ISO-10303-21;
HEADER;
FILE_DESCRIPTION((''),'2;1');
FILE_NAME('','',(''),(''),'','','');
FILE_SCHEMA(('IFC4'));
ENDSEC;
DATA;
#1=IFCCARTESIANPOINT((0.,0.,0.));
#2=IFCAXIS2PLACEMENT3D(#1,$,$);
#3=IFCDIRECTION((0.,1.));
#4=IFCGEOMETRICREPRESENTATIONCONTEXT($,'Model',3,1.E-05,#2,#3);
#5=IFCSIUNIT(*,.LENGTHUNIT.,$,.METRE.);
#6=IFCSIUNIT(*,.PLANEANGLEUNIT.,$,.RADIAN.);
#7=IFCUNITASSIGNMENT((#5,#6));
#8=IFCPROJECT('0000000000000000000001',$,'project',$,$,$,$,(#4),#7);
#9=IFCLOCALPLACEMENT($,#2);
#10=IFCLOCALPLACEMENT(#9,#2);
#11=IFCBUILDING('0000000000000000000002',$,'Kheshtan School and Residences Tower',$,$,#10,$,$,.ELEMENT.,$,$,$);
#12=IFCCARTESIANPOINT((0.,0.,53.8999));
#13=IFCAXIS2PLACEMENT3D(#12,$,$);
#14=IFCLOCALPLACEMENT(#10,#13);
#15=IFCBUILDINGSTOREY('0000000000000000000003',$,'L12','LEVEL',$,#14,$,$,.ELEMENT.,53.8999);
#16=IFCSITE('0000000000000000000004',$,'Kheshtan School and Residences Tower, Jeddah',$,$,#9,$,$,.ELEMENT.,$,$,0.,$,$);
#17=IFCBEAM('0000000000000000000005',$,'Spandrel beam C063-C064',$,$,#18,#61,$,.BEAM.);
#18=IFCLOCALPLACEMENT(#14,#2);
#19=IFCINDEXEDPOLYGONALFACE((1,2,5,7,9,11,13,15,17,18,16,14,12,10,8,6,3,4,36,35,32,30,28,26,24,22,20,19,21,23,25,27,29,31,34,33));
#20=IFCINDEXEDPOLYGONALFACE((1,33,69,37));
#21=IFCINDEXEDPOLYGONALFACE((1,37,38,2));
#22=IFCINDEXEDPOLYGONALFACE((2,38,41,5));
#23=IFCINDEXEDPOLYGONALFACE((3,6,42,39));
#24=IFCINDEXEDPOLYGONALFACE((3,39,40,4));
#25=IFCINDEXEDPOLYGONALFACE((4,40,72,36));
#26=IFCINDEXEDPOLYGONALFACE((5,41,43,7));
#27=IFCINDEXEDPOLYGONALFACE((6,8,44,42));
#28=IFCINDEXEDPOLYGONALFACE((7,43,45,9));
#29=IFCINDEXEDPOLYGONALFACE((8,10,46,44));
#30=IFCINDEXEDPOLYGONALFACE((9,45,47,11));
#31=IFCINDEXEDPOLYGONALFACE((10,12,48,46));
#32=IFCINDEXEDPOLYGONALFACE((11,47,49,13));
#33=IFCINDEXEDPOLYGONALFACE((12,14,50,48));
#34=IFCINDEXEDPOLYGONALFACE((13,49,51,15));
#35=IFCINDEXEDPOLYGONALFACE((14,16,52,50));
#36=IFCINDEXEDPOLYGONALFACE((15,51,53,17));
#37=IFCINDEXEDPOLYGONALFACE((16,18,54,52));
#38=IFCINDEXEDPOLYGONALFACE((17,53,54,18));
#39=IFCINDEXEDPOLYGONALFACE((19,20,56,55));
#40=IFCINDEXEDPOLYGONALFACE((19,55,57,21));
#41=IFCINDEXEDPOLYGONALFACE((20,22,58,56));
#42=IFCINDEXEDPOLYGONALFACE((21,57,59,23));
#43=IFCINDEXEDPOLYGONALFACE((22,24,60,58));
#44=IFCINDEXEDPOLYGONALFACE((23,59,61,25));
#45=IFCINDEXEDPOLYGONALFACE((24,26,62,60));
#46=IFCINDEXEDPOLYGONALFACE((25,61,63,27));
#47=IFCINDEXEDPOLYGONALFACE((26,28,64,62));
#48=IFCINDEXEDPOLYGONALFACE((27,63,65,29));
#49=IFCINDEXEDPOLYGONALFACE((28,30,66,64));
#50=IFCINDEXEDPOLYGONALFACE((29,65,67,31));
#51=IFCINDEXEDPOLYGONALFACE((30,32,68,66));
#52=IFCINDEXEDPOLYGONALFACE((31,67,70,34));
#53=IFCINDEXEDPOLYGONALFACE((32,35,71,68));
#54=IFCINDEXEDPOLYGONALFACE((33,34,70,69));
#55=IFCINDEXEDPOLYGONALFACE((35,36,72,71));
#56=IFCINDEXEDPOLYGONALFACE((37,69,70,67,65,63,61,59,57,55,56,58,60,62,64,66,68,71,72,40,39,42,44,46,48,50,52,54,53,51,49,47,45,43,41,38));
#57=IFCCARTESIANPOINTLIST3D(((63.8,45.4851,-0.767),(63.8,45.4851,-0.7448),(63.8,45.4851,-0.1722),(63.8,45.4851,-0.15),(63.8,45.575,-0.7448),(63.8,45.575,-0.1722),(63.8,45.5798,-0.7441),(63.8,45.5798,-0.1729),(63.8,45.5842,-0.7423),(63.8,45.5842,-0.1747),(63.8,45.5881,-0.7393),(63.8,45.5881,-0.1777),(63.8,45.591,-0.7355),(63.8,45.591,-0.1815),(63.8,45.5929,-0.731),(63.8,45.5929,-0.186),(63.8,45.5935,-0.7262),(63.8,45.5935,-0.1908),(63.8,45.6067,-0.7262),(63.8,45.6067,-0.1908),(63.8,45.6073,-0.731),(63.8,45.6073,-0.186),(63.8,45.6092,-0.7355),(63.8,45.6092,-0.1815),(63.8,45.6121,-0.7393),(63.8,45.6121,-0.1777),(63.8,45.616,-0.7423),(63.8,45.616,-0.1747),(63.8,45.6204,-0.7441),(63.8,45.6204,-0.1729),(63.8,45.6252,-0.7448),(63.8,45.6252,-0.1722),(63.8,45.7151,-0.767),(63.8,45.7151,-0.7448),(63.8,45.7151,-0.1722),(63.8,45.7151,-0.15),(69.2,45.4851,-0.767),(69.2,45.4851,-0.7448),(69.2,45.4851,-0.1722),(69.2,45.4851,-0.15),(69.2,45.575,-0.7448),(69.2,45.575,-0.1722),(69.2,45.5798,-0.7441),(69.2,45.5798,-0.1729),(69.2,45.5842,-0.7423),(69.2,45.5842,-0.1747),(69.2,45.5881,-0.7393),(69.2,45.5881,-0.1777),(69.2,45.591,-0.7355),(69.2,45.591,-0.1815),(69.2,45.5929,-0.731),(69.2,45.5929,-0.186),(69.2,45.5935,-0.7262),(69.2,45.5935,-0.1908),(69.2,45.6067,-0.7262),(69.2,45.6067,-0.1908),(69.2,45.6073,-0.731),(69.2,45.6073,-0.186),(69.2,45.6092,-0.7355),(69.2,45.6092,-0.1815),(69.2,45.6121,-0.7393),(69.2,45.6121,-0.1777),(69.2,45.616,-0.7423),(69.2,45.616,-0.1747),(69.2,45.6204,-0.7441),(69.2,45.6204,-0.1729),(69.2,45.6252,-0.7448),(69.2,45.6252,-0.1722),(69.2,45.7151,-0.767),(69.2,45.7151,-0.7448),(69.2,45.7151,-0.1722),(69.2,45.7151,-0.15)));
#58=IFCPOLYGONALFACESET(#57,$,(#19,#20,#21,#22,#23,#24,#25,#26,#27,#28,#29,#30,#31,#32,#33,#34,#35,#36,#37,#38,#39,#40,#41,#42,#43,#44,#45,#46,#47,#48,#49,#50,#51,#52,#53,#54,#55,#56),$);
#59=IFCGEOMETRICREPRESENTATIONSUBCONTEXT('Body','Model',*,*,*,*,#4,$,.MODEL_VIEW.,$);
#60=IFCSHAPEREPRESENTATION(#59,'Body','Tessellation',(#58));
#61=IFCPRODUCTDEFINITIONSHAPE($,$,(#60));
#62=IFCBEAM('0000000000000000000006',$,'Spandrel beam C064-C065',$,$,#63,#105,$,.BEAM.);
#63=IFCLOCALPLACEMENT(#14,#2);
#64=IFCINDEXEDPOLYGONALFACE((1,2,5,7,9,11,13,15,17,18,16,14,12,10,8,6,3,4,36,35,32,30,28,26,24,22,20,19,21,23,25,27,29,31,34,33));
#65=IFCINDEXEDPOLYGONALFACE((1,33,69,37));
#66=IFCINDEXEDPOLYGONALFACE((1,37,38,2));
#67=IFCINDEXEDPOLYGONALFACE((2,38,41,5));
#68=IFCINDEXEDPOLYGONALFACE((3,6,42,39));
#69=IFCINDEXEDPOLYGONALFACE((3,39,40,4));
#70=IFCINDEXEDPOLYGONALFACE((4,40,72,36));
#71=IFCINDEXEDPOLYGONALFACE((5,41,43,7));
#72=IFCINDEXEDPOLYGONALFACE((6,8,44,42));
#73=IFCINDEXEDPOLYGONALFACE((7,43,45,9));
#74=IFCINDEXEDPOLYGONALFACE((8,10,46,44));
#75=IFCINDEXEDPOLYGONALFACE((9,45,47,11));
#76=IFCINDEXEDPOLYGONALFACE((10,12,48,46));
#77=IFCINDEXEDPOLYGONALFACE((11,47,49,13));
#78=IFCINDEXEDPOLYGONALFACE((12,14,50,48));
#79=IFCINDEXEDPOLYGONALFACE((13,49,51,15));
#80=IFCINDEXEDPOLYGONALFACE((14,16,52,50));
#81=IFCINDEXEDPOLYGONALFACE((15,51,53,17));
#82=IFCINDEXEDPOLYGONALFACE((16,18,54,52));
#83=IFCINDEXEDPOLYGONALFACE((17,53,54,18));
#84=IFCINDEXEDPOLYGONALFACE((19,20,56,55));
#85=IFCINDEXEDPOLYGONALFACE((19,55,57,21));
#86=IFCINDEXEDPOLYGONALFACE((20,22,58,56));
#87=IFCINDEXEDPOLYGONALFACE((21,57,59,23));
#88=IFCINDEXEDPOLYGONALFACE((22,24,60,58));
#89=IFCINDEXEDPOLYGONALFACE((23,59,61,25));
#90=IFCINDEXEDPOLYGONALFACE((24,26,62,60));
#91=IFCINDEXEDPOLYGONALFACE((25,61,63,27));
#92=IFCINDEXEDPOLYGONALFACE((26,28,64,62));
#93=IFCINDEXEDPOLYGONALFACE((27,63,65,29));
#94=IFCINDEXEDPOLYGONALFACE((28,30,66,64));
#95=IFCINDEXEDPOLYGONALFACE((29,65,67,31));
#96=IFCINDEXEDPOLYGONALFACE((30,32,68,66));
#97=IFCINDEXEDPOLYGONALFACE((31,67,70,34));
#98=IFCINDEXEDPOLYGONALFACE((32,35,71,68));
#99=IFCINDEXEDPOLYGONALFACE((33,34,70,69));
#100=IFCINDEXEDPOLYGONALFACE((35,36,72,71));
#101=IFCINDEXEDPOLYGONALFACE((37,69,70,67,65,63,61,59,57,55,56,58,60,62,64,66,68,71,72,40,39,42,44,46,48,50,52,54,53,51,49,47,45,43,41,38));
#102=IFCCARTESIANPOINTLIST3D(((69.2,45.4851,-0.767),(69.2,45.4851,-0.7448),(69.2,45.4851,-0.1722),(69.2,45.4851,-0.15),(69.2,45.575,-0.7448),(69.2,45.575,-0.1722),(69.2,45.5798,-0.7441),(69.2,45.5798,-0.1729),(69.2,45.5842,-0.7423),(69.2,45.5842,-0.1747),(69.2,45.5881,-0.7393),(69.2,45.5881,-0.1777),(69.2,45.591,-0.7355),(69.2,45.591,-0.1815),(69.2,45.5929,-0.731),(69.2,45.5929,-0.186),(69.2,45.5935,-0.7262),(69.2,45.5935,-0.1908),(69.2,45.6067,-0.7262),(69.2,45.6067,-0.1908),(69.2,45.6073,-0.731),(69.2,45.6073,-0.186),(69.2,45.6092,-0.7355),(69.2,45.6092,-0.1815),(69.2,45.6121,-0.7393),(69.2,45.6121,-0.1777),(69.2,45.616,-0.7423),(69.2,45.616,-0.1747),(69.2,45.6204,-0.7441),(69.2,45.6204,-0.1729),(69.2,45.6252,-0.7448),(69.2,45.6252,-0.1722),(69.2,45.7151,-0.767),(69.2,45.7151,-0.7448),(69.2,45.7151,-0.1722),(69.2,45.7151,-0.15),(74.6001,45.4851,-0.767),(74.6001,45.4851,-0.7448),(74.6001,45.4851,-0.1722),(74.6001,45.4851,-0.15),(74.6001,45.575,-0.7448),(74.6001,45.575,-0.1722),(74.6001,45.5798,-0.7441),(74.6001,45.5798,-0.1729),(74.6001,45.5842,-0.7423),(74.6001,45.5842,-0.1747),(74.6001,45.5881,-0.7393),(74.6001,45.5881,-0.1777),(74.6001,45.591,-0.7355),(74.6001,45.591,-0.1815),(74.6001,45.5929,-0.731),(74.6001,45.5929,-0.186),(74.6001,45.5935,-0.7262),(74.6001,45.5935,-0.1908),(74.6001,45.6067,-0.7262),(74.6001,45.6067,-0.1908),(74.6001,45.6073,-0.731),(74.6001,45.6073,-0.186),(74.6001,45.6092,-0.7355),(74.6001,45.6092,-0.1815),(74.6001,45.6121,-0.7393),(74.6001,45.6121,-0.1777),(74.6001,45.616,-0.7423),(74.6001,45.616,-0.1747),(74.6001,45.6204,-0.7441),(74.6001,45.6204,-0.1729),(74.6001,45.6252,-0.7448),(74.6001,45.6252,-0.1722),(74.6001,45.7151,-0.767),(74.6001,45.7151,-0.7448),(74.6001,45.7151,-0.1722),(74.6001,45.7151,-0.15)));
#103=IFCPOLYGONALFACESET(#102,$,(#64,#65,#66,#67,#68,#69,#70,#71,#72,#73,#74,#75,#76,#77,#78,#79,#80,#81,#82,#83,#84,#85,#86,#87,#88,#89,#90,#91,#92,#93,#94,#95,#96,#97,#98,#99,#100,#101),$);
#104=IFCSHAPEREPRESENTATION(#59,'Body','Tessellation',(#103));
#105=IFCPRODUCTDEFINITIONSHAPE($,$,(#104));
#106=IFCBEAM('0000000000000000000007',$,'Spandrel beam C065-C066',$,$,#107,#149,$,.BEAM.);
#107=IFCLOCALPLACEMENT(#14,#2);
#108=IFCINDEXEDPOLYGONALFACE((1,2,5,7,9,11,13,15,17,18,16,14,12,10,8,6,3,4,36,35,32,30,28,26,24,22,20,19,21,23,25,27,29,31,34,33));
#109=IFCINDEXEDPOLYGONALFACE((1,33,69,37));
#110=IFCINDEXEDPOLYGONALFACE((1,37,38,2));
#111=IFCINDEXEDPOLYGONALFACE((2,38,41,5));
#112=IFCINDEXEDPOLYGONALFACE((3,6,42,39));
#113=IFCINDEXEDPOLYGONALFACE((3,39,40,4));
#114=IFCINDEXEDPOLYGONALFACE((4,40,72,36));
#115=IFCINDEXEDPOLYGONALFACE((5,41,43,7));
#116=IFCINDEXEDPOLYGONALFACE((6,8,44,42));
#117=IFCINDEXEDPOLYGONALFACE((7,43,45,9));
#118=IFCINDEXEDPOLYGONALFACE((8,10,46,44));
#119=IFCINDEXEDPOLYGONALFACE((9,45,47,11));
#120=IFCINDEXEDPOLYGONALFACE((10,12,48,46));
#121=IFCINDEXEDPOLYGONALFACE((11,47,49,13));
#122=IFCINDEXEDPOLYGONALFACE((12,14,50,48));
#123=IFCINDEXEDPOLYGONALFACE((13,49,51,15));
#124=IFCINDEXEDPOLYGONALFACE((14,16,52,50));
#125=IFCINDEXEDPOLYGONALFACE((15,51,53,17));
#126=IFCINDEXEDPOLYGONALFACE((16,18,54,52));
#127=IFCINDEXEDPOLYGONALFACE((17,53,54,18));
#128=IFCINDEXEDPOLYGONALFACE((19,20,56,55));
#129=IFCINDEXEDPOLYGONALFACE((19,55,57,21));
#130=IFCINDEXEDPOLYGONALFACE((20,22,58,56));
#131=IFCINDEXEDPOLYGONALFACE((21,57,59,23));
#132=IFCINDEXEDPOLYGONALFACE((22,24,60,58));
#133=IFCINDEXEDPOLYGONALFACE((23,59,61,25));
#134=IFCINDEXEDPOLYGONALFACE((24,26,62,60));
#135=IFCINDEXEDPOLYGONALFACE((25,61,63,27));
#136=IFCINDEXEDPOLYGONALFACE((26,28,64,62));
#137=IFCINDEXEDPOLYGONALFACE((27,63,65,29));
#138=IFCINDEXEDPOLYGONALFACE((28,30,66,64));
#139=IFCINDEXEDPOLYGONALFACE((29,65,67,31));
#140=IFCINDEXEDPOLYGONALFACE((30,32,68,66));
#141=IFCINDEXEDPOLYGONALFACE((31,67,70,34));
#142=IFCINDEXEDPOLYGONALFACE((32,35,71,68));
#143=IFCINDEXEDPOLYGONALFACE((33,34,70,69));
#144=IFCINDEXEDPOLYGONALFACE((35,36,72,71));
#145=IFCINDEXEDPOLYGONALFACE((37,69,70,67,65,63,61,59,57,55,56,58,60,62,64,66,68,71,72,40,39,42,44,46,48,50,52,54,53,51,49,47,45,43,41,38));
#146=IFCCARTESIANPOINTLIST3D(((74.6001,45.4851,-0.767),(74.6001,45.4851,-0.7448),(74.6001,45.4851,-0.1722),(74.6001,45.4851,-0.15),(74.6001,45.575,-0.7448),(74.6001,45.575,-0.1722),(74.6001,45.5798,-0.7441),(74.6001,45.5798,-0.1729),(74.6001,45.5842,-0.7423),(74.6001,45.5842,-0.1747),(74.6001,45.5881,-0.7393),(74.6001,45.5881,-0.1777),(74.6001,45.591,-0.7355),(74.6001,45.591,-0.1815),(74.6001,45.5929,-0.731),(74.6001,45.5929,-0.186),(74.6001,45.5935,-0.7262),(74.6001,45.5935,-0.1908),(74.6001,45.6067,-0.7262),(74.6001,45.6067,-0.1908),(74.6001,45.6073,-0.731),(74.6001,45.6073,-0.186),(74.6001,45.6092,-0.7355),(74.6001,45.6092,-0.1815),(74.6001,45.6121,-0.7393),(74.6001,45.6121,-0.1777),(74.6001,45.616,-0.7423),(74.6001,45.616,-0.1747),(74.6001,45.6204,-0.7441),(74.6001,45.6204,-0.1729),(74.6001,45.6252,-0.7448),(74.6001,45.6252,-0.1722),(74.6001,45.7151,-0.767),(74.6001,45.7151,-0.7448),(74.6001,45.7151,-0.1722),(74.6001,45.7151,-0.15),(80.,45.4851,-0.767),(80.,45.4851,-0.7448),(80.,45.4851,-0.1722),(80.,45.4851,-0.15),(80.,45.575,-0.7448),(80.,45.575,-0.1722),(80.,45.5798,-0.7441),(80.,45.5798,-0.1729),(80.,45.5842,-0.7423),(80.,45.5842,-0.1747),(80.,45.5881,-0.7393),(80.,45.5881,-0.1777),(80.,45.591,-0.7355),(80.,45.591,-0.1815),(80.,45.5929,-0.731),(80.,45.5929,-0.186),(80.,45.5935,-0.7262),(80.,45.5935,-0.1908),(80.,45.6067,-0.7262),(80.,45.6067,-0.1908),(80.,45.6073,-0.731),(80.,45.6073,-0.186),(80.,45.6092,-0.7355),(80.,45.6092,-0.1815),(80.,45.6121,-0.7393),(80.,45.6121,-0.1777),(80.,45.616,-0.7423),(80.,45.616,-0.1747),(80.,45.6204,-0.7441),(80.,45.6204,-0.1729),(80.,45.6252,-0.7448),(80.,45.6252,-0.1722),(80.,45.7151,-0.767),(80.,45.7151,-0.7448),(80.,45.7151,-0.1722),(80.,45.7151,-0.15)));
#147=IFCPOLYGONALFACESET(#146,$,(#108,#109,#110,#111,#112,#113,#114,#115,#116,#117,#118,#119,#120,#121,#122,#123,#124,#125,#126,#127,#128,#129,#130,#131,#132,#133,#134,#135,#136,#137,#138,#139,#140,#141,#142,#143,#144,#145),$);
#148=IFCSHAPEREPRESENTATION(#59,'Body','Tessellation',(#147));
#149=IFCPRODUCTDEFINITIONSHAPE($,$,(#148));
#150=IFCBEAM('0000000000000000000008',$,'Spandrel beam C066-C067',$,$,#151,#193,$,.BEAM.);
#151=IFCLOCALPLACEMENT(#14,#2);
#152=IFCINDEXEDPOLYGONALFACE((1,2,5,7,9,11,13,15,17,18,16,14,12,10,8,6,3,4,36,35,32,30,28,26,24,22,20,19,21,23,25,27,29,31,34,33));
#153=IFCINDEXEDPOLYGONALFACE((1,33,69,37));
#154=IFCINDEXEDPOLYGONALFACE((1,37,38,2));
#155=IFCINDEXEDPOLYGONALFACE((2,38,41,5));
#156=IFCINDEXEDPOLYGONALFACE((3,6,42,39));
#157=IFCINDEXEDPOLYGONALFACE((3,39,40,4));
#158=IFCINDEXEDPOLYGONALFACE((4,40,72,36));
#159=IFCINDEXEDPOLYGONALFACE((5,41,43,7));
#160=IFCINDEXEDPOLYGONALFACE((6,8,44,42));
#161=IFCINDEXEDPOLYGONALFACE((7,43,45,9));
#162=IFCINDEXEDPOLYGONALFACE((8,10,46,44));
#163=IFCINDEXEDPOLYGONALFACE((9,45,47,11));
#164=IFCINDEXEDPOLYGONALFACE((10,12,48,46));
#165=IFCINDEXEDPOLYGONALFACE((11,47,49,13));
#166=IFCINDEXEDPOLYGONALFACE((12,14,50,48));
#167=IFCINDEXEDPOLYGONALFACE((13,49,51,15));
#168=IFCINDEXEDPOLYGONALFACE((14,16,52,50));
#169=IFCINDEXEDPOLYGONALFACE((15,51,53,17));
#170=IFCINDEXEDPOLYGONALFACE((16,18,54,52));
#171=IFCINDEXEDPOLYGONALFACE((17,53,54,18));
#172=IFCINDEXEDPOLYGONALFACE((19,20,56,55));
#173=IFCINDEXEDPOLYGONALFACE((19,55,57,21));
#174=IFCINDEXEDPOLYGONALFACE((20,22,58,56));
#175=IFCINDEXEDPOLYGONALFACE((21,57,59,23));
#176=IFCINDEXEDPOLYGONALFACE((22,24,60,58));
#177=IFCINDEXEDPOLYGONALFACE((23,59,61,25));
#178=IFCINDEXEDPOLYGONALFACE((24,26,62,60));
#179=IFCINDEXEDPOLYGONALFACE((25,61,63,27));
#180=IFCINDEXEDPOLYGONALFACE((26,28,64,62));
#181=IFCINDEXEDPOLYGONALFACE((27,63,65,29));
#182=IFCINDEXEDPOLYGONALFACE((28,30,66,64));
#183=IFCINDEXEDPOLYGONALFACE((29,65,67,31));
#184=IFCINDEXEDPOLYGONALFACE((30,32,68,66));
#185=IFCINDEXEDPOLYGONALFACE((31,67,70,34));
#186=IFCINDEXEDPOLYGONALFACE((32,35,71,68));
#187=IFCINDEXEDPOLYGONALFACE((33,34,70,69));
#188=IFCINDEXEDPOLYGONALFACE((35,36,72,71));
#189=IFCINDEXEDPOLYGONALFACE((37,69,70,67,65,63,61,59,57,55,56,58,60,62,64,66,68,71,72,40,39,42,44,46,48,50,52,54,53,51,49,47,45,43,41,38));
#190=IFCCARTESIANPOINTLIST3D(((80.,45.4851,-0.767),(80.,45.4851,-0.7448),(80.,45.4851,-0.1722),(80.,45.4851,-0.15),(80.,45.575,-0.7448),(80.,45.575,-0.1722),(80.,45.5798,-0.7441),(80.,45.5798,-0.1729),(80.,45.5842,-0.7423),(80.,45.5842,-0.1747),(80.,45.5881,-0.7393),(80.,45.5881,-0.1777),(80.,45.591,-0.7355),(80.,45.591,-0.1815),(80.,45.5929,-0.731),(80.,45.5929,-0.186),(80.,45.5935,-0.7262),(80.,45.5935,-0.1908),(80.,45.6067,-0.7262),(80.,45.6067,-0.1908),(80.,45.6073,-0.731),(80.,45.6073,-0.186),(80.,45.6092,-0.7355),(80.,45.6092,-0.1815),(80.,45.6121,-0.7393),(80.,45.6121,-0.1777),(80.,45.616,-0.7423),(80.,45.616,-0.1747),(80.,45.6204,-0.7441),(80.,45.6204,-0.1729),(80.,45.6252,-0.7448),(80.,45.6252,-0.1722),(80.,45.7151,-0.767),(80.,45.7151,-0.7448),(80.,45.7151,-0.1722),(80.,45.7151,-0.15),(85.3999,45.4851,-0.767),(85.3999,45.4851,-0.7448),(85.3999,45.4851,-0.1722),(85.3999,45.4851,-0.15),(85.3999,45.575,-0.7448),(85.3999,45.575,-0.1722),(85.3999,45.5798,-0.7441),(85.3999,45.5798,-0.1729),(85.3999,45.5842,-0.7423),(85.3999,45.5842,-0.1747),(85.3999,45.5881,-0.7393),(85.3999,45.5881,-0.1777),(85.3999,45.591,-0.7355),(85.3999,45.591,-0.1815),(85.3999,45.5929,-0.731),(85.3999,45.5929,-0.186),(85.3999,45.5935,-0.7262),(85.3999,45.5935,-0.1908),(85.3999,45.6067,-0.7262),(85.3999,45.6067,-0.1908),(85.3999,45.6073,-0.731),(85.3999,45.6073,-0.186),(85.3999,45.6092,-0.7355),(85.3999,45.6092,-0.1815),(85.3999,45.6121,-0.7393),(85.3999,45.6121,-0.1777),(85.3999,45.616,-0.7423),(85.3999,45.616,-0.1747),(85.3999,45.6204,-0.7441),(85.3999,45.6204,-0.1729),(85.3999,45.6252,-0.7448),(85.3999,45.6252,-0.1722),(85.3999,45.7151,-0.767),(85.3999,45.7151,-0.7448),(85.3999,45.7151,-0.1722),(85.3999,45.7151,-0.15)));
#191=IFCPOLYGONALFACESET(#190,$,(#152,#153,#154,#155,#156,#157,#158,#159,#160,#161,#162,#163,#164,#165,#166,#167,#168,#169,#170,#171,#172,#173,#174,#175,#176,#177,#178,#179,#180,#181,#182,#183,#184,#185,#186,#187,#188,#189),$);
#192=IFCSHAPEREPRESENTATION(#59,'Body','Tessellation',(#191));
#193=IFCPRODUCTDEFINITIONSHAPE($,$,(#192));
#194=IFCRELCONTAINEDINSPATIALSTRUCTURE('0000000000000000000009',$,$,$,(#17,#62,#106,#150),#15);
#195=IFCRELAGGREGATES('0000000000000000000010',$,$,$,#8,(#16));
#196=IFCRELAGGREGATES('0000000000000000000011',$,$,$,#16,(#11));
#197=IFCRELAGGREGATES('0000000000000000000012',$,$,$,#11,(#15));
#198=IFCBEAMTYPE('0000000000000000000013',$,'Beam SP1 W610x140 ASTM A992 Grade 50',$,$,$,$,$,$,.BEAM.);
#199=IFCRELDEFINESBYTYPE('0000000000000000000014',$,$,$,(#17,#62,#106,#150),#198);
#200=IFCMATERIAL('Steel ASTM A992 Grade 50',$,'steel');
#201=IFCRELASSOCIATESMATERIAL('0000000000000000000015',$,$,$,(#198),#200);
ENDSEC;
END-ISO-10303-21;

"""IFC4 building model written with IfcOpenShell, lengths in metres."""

from ifc_helpers import new_model, si_unit, direction, frame, origin, origin_2d, place, context, subcontext, project, spatial, i_section, extrude, material, material_profile, profile_set, type_object, element, save


model = new_model("IFC4")

# Units and contexts
model_context = context("Model", 3, precision=1e-05, world=origin(), true_north=direction((0.0, 1.0)))
body_context = subcontext(model_context, "Body", "Model", "MODEL_VIEW")
ifc_project = project(units=[si_unit("LENGTHUNIT", "METRE"), si_unit("PLANEANGLEUNIT", "RADIAN")], contexts=[model_context])

# Site, building, storey
site_placement = place(None, origin())
site = spatial("IfcSite", under=ifc_project, at=site_placement, Name="Kheshtan School and Residences Tower, Jeddah", CompositionType="ELEMENT", RefElevation=0.0)
building_placement = place(site_placement, origin())
building = spatial("IfcBuilding", under=site, at=building_placement, Name="Kheshtan School and Residences Tower", CompositionType="ELEMENT")
storey_placement = place(building_placement, frame((0.0, 0.0, 53.8999)))
storey = spatial("IfcBuildingStorey", under=building, at=storey_placement, Name="L12", Description="LEVEL", CompositionType="ELEMENT", Elevation=53.8999)

# Shared definitions
ifc_material = material(Name="Steel ASTM A992 Grade 50", Category="steel")

# Beams
ifc_material_profile_1 = material_profile(ifc_material, i_section(OverallWidth=0.23, OverallDepth=0.6169, WebThickness=0.0132, FlangeThickness=0.0222, FilletRadius=0.0186, at=origin_2d()), Name="W610x140")
ifc_profile_set_1 = profile_set([ifc_material_profile_1], Name="Steel ASTM A992 Grade 50")
beam_type_1 = type_object("IfcBeamType", Name="Beam SP1 W610x140 ASTM A992 Grade 50", PredefinedType="BEAM", material=ifc_profile_set_1)
beam_1_placement = place(storey_placement, frame((63.8, 45.6001, -0.4585), z_axis=(1.0, 0.0, 0.0), x_axis=(0.0, 1.0, 0.0)))
element("IfcBeam", 1, at=beam_1_placement, inside=storey, type_object=beam_type_1, Name="Spandrel beam C063-C064", PredefinedType="BEAM", context=body_context, shape_type="SweptSolid", body=[
    extrude(i_section(OverallWidth=0.23, OverallDepth=0.6169, WebThickness=0.0132, FlangeThickness=0.0222, FilletRadius=0.0186, at=origin_2d()), origin(), (0.0, 0.0, 1.0), 5.3999),
])
beam_2_placement = place(storey_placement, frame((69.2, 45.6001, -0.4585), z_axis=(1.0, 0.0, 0.0), x_axis=(0.0, 1.0, 0.0)))
element("IfcBeam", 2, at=beam_2_placement, inside=storey, type_object=beam_type_1, Name="Spandrel beam C064-C065", PredefinedType="BEAM", context=body_context, shape_type="SweptSolid", body=[
    extrude(i_section(OverallWidth=0.23, OverallDepth=0.6169, WebThickness=0.0132, FlangeThickness=0.0222, FilletRadius=0.0186, at=origin_2d()), origin(), (0.0, 0.0, 1.0), 5.4001),
])
for number, where, z_axis, x_axis, name in (
    (3, (74.6001, 45.6001, -0.4585), (1.0, 0.0, 0.0), (0.0, 1.0, 0.0), "Spandrel beam C065-C066"),
    (4, (80.0, 45.6001, -0.4585), (1.0, 0.0, 0.0), (0.0, 1.0, 0.0), "Spandrel beam C066-C067"),
):
    element("IfcBeam", number, at=place(storey_placement, frame(where, z_axis=z_axis, x_axis=x_axis)), inside=storey, type_object=beam_type_1, Name=name, PredefinedType="BEAM", context=body_context, shape_type="SweptSolid", body=[
        extrude(i_section(OverallWidth=0.23, OverallDepth=0.6169, WebThickness=0.0132, FlangeThickness=0.0222, FilletRadius=0.0186, at=origin_2d()), origin(), (0.0, 0.0, 1.0), 5.3999),
    ])

save(model, "model.ifc")
